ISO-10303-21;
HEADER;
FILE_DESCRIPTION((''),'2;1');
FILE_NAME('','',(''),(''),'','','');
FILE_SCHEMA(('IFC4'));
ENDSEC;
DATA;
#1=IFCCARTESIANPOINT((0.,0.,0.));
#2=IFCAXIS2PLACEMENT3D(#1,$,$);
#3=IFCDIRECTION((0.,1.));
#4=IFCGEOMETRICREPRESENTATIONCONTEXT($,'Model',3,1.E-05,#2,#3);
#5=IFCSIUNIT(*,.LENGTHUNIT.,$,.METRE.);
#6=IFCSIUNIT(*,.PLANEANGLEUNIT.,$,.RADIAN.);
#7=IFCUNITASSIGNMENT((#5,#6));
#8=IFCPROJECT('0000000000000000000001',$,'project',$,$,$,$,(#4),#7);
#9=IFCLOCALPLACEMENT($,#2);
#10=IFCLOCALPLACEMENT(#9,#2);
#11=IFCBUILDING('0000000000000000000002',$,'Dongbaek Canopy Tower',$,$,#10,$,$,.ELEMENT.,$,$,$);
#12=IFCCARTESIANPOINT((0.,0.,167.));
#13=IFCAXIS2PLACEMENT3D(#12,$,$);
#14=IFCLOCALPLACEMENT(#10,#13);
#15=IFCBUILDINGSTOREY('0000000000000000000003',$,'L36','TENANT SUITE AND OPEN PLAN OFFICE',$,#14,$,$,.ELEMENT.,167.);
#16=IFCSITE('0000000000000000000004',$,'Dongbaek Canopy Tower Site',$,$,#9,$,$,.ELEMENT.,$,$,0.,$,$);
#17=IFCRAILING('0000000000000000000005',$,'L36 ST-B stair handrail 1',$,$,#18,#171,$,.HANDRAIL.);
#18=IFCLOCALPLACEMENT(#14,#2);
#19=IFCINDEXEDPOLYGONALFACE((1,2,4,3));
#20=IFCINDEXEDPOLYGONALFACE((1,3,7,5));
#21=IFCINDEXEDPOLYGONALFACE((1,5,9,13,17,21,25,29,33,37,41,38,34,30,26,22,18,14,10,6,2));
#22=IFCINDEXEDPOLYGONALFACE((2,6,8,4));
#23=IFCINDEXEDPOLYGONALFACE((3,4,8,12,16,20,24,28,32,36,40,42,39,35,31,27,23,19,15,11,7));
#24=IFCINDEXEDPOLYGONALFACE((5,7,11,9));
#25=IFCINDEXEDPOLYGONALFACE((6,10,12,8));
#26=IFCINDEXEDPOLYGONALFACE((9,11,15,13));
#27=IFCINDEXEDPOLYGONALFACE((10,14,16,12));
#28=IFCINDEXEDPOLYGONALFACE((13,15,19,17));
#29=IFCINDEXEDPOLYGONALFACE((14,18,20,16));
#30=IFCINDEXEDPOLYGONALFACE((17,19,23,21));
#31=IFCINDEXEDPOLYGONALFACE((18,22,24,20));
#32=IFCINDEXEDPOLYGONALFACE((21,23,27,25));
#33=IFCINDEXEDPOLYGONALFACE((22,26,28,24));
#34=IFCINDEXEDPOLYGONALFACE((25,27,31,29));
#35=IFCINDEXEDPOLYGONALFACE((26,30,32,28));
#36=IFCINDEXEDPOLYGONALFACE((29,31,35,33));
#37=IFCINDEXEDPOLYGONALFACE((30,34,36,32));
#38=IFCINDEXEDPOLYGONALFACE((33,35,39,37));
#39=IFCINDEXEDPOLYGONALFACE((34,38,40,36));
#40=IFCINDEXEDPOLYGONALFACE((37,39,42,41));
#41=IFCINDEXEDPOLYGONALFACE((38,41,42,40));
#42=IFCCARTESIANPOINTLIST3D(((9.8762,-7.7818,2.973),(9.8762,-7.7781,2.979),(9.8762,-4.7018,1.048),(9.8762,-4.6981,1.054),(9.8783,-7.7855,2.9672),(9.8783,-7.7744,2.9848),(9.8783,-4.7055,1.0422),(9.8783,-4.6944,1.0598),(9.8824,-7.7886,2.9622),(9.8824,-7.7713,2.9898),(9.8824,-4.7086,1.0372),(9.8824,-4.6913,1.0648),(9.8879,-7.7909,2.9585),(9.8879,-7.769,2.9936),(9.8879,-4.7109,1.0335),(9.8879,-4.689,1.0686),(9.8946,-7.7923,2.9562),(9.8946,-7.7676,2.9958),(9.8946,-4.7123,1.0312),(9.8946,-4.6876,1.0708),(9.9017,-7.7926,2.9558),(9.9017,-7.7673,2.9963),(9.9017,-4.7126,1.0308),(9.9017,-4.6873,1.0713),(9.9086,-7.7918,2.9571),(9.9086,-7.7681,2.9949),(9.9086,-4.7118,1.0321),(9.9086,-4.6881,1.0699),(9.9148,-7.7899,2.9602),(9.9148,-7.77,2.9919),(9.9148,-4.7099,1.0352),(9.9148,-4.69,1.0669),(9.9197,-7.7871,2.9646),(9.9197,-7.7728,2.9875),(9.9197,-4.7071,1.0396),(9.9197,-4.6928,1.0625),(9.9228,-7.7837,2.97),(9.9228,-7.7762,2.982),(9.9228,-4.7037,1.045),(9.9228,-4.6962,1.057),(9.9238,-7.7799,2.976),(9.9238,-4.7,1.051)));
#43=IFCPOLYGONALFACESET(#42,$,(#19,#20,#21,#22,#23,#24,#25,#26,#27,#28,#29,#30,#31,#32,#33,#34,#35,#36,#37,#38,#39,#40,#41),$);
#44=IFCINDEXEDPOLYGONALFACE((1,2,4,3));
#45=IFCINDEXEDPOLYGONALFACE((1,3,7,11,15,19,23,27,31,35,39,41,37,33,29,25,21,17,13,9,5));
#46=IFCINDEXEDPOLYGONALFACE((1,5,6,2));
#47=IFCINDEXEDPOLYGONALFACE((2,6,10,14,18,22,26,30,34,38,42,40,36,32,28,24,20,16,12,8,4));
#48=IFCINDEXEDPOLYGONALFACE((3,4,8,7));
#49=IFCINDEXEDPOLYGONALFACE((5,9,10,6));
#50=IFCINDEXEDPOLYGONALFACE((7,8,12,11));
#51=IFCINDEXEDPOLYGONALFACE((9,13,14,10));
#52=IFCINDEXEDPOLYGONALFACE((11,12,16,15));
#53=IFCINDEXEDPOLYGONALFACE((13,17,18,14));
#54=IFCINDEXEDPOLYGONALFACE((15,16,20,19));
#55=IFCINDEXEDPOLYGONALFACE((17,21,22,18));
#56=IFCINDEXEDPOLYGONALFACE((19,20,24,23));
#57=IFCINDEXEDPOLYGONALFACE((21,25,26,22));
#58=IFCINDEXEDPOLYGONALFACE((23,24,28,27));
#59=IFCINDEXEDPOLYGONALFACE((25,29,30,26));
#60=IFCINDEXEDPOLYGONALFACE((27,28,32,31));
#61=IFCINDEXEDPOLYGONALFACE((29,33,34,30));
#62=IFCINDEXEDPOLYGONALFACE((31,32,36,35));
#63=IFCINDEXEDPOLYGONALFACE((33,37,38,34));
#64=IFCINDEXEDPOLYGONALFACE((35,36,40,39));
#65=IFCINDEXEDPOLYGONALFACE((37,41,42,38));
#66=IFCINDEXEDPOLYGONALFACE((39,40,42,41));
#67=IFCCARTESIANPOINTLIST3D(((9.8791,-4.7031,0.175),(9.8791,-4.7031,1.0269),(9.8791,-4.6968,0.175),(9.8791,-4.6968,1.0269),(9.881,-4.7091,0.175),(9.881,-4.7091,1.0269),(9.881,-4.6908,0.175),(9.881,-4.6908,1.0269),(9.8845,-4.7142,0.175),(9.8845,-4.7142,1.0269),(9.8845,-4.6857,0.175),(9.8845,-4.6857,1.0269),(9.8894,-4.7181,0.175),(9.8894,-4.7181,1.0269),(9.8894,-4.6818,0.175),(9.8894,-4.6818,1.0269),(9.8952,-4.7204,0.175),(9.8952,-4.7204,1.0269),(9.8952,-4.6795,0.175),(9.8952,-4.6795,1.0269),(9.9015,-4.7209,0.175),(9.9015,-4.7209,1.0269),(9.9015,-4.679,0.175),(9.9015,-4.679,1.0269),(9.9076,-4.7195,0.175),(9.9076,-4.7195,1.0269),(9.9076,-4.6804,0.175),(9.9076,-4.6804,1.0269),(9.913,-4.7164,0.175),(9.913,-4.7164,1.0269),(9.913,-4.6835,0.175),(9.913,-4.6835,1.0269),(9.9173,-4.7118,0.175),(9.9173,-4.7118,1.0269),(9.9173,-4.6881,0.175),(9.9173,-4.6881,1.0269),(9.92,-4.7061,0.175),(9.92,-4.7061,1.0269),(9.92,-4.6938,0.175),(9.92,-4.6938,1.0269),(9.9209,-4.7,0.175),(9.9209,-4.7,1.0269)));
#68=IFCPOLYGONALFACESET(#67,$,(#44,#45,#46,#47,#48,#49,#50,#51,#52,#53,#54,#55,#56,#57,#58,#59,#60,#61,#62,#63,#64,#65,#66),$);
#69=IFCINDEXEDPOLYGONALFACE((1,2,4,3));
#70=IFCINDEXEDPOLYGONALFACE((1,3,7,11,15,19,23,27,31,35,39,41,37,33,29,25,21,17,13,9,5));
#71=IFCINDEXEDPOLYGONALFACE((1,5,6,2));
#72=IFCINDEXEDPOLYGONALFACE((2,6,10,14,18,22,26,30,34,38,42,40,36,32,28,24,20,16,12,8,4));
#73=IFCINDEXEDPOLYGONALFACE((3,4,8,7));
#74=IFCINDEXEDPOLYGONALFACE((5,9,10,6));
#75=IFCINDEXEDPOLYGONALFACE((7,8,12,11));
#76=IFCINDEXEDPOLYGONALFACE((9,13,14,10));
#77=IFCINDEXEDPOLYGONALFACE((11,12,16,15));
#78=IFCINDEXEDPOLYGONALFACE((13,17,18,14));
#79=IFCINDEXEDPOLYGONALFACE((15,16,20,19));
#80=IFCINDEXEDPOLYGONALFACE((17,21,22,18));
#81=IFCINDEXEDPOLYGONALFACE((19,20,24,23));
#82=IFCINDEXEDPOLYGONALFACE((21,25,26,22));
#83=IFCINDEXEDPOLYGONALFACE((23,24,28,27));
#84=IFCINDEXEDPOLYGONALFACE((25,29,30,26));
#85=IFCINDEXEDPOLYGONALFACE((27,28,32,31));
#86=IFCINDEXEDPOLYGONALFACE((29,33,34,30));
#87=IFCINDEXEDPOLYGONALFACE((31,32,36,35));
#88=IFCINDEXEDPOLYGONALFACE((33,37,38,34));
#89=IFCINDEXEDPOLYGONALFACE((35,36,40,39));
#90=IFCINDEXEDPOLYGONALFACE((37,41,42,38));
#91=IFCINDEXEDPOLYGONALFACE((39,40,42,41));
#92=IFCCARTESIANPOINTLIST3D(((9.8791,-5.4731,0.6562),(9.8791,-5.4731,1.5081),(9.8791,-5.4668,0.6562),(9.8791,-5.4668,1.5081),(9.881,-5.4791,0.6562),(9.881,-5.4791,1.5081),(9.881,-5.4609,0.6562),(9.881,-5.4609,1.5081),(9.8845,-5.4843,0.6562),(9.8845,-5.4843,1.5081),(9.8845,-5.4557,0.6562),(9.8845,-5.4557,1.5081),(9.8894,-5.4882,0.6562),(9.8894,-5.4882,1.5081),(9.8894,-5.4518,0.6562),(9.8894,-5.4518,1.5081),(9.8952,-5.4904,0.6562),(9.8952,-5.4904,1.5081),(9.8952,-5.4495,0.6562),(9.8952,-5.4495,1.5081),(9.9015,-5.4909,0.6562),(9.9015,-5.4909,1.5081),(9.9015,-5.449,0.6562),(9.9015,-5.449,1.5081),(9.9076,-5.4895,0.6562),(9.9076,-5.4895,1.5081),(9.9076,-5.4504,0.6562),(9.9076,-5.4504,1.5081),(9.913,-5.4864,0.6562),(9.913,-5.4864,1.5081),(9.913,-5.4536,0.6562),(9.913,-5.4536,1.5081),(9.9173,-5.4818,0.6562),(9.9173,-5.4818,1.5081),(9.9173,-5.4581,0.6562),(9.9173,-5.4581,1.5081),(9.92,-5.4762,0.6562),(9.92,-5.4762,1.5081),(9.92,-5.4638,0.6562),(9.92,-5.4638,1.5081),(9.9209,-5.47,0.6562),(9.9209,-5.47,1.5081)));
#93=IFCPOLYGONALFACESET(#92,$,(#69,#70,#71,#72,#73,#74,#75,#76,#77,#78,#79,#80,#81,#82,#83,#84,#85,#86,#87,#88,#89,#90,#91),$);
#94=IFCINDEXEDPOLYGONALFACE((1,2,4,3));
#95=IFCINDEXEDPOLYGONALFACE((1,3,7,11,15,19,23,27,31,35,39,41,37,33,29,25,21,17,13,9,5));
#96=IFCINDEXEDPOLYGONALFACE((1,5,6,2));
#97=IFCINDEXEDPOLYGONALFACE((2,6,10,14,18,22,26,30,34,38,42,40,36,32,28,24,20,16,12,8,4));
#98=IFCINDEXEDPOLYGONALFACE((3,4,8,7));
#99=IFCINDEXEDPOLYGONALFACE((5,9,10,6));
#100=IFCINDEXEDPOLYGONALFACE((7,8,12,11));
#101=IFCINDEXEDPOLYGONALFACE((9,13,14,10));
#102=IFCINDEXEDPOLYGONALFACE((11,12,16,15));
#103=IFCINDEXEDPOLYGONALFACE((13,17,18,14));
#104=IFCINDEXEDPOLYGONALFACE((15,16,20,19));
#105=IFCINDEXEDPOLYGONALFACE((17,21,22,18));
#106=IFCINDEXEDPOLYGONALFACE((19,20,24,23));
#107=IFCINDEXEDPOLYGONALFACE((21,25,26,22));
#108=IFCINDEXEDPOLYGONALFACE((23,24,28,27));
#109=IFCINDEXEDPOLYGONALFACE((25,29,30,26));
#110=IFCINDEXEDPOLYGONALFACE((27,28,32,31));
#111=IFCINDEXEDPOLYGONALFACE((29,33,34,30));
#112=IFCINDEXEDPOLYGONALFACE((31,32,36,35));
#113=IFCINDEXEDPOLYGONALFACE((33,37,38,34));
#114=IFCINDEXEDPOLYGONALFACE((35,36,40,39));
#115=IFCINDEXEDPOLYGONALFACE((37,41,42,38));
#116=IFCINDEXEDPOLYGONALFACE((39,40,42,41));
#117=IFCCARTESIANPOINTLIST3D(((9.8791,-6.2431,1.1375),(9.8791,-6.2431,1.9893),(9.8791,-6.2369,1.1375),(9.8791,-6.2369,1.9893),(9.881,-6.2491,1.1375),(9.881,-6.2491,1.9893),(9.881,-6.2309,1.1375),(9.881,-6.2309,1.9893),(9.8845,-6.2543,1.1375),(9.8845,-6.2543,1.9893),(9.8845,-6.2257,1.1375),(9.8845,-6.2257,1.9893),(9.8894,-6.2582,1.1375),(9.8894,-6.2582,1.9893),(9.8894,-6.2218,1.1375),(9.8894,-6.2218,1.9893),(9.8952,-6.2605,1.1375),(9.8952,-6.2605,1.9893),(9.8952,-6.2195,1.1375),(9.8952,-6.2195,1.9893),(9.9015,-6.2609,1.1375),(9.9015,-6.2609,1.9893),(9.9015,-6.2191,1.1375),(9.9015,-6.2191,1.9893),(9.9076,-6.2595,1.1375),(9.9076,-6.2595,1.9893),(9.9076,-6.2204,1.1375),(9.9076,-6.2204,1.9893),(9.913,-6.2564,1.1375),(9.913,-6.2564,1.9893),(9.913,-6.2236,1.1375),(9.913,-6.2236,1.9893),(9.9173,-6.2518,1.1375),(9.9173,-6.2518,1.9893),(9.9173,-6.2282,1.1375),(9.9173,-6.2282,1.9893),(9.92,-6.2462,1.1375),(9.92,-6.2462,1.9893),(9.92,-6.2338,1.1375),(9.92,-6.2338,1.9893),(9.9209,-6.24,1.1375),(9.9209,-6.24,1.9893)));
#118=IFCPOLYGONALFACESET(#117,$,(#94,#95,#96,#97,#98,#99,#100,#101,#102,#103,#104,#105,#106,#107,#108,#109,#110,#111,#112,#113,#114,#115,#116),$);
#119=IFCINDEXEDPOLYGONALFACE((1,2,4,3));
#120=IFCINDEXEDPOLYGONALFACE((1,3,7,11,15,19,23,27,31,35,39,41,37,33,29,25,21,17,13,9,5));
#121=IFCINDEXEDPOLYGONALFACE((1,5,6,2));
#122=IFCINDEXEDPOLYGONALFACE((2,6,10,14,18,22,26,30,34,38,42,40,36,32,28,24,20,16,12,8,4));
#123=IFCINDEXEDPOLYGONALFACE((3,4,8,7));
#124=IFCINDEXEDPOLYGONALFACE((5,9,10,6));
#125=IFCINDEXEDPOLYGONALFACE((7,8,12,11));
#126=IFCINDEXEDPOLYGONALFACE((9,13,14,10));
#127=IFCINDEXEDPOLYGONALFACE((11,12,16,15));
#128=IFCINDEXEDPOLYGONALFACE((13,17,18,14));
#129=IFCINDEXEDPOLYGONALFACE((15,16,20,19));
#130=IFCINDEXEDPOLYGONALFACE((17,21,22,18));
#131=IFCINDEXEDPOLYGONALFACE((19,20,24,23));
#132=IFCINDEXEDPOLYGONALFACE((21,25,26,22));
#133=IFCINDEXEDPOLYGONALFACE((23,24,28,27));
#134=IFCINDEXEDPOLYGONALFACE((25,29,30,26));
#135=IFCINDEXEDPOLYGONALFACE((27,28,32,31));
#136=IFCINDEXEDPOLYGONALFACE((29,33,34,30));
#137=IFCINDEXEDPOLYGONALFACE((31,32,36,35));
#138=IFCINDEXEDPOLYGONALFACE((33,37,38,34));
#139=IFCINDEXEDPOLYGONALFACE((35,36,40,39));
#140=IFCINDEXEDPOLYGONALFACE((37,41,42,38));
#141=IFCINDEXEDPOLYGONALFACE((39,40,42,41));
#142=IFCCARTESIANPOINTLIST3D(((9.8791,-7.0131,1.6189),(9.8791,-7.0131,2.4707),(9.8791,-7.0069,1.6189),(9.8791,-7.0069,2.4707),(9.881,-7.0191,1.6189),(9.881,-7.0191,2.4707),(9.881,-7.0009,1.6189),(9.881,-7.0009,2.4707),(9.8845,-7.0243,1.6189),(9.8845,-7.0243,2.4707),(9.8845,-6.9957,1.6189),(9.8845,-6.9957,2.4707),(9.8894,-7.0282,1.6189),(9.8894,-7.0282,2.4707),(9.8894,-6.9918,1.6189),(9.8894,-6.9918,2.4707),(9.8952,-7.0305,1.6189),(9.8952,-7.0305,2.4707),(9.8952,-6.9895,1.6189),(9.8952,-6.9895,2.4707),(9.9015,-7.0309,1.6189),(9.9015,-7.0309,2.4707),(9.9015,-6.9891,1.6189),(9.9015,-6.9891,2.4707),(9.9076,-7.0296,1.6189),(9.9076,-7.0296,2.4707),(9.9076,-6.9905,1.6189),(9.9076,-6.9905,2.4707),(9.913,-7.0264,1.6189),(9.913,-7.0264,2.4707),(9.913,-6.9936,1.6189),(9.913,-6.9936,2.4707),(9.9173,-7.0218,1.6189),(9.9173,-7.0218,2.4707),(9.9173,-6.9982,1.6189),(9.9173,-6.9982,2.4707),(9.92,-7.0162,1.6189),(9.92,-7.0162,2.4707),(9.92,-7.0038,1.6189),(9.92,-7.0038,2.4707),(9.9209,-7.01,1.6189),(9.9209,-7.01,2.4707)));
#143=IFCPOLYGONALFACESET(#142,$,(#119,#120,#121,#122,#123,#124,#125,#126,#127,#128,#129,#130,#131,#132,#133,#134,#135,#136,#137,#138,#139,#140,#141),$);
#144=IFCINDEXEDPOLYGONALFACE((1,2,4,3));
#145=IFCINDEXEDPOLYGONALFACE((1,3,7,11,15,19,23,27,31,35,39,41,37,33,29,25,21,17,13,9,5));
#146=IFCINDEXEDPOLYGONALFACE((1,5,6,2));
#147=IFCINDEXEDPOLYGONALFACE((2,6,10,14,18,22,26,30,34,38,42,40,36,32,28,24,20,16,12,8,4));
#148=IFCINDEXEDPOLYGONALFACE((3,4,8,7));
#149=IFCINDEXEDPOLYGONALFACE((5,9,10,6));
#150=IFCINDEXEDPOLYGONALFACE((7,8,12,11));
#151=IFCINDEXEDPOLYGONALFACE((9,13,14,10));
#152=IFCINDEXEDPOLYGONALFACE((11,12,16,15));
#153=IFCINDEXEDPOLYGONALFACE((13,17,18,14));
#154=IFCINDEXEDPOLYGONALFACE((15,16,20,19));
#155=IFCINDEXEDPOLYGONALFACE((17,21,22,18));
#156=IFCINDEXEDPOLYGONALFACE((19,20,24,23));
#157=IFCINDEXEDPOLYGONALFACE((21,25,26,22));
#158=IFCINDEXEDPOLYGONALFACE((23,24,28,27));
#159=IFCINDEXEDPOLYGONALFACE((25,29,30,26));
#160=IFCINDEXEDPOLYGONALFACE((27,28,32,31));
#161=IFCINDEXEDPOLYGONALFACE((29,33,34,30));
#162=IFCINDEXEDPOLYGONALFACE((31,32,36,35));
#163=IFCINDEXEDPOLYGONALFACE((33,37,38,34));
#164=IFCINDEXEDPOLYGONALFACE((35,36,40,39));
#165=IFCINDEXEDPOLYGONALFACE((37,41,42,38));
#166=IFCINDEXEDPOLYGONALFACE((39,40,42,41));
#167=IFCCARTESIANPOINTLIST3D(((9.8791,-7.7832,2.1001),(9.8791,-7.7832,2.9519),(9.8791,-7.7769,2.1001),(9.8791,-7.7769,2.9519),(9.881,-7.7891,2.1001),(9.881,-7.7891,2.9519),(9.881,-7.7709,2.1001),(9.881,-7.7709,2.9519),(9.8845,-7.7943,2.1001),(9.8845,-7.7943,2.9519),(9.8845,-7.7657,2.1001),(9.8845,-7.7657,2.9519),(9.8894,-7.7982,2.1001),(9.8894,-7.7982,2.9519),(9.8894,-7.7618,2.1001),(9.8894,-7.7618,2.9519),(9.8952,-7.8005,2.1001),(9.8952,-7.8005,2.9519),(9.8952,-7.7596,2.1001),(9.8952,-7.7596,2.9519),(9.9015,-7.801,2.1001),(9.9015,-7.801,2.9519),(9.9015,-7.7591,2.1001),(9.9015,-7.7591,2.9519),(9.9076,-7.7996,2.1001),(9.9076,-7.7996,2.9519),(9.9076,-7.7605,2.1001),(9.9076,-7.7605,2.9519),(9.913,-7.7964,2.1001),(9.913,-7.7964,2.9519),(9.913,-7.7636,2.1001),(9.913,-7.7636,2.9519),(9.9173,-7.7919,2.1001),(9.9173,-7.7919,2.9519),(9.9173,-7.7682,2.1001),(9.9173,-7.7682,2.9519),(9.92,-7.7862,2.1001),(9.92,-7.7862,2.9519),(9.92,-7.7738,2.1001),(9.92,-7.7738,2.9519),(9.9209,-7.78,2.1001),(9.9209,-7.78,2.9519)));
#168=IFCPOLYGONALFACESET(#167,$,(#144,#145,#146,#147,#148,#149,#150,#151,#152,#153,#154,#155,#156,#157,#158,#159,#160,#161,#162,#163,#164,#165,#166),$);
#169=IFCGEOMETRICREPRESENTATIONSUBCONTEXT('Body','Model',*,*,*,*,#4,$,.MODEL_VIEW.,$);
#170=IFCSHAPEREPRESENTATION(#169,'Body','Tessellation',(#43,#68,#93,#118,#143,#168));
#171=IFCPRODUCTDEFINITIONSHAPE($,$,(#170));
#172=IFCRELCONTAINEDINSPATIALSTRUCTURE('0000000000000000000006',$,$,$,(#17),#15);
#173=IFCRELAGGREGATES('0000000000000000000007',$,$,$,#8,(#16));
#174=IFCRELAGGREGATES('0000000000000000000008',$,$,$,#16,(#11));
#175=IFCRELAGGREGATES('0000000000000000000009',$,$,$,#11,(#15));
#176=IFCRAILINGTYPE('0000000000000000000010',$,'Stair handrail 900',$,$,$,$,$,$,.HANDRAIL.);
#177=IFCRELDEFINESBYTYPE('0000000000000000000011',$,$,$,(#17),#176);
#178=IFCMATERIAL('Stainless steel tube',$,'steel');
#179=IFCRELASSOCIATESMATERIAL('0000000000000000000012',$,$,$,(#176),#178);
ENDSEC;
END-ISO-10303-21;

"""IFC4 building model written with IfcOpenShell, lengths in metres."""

from ifc_helpers import new_model, si_unit, direction, frame, origin, origin_2d, place, context, subcontext, project, spatial, circle, extrude, material, type_object, element, save


model = new_model("IFC4")

# Units and contexts
model_context = context("Model", 3, precision=1e-05, world=origin(), true_north=direction((0.0, 1.0)))
body_context = subcontext(model_context, "Body", "Model", "MODEL_VIEW")
ifc_project = project(units=[si_unit("LENGTHUNIT", "METRE"), si_unit("PLANEANGLEUNIT", "RADIAN")], contexts=[model_context])

# Site, building, storey
site_placement = place(None, origin())
site = spatial("IfcSite", under=ifc_project, at=site_placement, Name="Dongbaek Canopy Tower Site", CompositionType="ELEMENT", RefElevation=0.0)
building_placement = place(site_placement, origin())
building = spatial("IfcBuilding", under=site, at=building_placement, Name="Dongbaek Canopy Tower", CompositionType="ELEMENT")
storey_placement = place(building_placement, frame((0.0, 0.0, 167.0)))
storey = spatial("IfcBuildingStorey", under=building, at=storey_placement, Name="L36", Description="TENANT SUITE AND OPEN PLAN OFFICE", CompositionType="ELEMENT", Elevation=167.0)

# Railing
ifc_material_1 = material(Name="Stainless steel tube", Category="steel")
railing_type_1 = type_object("IfcRailingType", Name="Stair handrail 900", PredefinedType="HANDRAIL", material=ifc_material_1)
railing_1_placement = place(storey_placement, frame((9.8999, -4.7, 0.175)))
element("IfcRailing", 1, at=railing_1_placement, inside=storey, type_object=railing_type_1, Name="L36 ST-B stair handrail 1", PredefinedType="HANDRAIL", context=body_context, shape_type="SweptSolid", body=[
    extrude(circle(Radius=0.0239, at=origin_2d()), frame((0.0, 0.0, 0.876), z_axis=(0.0, -0.847998, 0.529999), x_axis=(1.0, 0.0, 0.0)), (0.0, 0.0, 1.0), 3.6321),
    extrude(circle(Radius=0.021, at=origin_2d()), origin(), (0.0, 0.0, 1.0), 0.8518),
    extrude(circle(Radius=0.021, at=origin_2d()), frame((0.0, -0.77, 0.4812)), (0.0, 0.0, 1.0), 0.8518),
    extrude(circle(Radius=0.021, at=origin_2d()), frame((0.0, -1.54, 0.9624)), (0.0, 0.0, 1.0), 0.8518),
    extrude(circle(Radius=0.021, at=origin_2d()), frame((0.0, -2.3101, 1.4438)), (0.0, 0.0, 1.0), 0.8518),
    extrude(circle(Radius=0.021, at=origin_2d()), frame((0.0, -3.0801, 1.925)), (0.0, 0.0, 1.0), 0.8518),
])

save(model, "model.ifc")
